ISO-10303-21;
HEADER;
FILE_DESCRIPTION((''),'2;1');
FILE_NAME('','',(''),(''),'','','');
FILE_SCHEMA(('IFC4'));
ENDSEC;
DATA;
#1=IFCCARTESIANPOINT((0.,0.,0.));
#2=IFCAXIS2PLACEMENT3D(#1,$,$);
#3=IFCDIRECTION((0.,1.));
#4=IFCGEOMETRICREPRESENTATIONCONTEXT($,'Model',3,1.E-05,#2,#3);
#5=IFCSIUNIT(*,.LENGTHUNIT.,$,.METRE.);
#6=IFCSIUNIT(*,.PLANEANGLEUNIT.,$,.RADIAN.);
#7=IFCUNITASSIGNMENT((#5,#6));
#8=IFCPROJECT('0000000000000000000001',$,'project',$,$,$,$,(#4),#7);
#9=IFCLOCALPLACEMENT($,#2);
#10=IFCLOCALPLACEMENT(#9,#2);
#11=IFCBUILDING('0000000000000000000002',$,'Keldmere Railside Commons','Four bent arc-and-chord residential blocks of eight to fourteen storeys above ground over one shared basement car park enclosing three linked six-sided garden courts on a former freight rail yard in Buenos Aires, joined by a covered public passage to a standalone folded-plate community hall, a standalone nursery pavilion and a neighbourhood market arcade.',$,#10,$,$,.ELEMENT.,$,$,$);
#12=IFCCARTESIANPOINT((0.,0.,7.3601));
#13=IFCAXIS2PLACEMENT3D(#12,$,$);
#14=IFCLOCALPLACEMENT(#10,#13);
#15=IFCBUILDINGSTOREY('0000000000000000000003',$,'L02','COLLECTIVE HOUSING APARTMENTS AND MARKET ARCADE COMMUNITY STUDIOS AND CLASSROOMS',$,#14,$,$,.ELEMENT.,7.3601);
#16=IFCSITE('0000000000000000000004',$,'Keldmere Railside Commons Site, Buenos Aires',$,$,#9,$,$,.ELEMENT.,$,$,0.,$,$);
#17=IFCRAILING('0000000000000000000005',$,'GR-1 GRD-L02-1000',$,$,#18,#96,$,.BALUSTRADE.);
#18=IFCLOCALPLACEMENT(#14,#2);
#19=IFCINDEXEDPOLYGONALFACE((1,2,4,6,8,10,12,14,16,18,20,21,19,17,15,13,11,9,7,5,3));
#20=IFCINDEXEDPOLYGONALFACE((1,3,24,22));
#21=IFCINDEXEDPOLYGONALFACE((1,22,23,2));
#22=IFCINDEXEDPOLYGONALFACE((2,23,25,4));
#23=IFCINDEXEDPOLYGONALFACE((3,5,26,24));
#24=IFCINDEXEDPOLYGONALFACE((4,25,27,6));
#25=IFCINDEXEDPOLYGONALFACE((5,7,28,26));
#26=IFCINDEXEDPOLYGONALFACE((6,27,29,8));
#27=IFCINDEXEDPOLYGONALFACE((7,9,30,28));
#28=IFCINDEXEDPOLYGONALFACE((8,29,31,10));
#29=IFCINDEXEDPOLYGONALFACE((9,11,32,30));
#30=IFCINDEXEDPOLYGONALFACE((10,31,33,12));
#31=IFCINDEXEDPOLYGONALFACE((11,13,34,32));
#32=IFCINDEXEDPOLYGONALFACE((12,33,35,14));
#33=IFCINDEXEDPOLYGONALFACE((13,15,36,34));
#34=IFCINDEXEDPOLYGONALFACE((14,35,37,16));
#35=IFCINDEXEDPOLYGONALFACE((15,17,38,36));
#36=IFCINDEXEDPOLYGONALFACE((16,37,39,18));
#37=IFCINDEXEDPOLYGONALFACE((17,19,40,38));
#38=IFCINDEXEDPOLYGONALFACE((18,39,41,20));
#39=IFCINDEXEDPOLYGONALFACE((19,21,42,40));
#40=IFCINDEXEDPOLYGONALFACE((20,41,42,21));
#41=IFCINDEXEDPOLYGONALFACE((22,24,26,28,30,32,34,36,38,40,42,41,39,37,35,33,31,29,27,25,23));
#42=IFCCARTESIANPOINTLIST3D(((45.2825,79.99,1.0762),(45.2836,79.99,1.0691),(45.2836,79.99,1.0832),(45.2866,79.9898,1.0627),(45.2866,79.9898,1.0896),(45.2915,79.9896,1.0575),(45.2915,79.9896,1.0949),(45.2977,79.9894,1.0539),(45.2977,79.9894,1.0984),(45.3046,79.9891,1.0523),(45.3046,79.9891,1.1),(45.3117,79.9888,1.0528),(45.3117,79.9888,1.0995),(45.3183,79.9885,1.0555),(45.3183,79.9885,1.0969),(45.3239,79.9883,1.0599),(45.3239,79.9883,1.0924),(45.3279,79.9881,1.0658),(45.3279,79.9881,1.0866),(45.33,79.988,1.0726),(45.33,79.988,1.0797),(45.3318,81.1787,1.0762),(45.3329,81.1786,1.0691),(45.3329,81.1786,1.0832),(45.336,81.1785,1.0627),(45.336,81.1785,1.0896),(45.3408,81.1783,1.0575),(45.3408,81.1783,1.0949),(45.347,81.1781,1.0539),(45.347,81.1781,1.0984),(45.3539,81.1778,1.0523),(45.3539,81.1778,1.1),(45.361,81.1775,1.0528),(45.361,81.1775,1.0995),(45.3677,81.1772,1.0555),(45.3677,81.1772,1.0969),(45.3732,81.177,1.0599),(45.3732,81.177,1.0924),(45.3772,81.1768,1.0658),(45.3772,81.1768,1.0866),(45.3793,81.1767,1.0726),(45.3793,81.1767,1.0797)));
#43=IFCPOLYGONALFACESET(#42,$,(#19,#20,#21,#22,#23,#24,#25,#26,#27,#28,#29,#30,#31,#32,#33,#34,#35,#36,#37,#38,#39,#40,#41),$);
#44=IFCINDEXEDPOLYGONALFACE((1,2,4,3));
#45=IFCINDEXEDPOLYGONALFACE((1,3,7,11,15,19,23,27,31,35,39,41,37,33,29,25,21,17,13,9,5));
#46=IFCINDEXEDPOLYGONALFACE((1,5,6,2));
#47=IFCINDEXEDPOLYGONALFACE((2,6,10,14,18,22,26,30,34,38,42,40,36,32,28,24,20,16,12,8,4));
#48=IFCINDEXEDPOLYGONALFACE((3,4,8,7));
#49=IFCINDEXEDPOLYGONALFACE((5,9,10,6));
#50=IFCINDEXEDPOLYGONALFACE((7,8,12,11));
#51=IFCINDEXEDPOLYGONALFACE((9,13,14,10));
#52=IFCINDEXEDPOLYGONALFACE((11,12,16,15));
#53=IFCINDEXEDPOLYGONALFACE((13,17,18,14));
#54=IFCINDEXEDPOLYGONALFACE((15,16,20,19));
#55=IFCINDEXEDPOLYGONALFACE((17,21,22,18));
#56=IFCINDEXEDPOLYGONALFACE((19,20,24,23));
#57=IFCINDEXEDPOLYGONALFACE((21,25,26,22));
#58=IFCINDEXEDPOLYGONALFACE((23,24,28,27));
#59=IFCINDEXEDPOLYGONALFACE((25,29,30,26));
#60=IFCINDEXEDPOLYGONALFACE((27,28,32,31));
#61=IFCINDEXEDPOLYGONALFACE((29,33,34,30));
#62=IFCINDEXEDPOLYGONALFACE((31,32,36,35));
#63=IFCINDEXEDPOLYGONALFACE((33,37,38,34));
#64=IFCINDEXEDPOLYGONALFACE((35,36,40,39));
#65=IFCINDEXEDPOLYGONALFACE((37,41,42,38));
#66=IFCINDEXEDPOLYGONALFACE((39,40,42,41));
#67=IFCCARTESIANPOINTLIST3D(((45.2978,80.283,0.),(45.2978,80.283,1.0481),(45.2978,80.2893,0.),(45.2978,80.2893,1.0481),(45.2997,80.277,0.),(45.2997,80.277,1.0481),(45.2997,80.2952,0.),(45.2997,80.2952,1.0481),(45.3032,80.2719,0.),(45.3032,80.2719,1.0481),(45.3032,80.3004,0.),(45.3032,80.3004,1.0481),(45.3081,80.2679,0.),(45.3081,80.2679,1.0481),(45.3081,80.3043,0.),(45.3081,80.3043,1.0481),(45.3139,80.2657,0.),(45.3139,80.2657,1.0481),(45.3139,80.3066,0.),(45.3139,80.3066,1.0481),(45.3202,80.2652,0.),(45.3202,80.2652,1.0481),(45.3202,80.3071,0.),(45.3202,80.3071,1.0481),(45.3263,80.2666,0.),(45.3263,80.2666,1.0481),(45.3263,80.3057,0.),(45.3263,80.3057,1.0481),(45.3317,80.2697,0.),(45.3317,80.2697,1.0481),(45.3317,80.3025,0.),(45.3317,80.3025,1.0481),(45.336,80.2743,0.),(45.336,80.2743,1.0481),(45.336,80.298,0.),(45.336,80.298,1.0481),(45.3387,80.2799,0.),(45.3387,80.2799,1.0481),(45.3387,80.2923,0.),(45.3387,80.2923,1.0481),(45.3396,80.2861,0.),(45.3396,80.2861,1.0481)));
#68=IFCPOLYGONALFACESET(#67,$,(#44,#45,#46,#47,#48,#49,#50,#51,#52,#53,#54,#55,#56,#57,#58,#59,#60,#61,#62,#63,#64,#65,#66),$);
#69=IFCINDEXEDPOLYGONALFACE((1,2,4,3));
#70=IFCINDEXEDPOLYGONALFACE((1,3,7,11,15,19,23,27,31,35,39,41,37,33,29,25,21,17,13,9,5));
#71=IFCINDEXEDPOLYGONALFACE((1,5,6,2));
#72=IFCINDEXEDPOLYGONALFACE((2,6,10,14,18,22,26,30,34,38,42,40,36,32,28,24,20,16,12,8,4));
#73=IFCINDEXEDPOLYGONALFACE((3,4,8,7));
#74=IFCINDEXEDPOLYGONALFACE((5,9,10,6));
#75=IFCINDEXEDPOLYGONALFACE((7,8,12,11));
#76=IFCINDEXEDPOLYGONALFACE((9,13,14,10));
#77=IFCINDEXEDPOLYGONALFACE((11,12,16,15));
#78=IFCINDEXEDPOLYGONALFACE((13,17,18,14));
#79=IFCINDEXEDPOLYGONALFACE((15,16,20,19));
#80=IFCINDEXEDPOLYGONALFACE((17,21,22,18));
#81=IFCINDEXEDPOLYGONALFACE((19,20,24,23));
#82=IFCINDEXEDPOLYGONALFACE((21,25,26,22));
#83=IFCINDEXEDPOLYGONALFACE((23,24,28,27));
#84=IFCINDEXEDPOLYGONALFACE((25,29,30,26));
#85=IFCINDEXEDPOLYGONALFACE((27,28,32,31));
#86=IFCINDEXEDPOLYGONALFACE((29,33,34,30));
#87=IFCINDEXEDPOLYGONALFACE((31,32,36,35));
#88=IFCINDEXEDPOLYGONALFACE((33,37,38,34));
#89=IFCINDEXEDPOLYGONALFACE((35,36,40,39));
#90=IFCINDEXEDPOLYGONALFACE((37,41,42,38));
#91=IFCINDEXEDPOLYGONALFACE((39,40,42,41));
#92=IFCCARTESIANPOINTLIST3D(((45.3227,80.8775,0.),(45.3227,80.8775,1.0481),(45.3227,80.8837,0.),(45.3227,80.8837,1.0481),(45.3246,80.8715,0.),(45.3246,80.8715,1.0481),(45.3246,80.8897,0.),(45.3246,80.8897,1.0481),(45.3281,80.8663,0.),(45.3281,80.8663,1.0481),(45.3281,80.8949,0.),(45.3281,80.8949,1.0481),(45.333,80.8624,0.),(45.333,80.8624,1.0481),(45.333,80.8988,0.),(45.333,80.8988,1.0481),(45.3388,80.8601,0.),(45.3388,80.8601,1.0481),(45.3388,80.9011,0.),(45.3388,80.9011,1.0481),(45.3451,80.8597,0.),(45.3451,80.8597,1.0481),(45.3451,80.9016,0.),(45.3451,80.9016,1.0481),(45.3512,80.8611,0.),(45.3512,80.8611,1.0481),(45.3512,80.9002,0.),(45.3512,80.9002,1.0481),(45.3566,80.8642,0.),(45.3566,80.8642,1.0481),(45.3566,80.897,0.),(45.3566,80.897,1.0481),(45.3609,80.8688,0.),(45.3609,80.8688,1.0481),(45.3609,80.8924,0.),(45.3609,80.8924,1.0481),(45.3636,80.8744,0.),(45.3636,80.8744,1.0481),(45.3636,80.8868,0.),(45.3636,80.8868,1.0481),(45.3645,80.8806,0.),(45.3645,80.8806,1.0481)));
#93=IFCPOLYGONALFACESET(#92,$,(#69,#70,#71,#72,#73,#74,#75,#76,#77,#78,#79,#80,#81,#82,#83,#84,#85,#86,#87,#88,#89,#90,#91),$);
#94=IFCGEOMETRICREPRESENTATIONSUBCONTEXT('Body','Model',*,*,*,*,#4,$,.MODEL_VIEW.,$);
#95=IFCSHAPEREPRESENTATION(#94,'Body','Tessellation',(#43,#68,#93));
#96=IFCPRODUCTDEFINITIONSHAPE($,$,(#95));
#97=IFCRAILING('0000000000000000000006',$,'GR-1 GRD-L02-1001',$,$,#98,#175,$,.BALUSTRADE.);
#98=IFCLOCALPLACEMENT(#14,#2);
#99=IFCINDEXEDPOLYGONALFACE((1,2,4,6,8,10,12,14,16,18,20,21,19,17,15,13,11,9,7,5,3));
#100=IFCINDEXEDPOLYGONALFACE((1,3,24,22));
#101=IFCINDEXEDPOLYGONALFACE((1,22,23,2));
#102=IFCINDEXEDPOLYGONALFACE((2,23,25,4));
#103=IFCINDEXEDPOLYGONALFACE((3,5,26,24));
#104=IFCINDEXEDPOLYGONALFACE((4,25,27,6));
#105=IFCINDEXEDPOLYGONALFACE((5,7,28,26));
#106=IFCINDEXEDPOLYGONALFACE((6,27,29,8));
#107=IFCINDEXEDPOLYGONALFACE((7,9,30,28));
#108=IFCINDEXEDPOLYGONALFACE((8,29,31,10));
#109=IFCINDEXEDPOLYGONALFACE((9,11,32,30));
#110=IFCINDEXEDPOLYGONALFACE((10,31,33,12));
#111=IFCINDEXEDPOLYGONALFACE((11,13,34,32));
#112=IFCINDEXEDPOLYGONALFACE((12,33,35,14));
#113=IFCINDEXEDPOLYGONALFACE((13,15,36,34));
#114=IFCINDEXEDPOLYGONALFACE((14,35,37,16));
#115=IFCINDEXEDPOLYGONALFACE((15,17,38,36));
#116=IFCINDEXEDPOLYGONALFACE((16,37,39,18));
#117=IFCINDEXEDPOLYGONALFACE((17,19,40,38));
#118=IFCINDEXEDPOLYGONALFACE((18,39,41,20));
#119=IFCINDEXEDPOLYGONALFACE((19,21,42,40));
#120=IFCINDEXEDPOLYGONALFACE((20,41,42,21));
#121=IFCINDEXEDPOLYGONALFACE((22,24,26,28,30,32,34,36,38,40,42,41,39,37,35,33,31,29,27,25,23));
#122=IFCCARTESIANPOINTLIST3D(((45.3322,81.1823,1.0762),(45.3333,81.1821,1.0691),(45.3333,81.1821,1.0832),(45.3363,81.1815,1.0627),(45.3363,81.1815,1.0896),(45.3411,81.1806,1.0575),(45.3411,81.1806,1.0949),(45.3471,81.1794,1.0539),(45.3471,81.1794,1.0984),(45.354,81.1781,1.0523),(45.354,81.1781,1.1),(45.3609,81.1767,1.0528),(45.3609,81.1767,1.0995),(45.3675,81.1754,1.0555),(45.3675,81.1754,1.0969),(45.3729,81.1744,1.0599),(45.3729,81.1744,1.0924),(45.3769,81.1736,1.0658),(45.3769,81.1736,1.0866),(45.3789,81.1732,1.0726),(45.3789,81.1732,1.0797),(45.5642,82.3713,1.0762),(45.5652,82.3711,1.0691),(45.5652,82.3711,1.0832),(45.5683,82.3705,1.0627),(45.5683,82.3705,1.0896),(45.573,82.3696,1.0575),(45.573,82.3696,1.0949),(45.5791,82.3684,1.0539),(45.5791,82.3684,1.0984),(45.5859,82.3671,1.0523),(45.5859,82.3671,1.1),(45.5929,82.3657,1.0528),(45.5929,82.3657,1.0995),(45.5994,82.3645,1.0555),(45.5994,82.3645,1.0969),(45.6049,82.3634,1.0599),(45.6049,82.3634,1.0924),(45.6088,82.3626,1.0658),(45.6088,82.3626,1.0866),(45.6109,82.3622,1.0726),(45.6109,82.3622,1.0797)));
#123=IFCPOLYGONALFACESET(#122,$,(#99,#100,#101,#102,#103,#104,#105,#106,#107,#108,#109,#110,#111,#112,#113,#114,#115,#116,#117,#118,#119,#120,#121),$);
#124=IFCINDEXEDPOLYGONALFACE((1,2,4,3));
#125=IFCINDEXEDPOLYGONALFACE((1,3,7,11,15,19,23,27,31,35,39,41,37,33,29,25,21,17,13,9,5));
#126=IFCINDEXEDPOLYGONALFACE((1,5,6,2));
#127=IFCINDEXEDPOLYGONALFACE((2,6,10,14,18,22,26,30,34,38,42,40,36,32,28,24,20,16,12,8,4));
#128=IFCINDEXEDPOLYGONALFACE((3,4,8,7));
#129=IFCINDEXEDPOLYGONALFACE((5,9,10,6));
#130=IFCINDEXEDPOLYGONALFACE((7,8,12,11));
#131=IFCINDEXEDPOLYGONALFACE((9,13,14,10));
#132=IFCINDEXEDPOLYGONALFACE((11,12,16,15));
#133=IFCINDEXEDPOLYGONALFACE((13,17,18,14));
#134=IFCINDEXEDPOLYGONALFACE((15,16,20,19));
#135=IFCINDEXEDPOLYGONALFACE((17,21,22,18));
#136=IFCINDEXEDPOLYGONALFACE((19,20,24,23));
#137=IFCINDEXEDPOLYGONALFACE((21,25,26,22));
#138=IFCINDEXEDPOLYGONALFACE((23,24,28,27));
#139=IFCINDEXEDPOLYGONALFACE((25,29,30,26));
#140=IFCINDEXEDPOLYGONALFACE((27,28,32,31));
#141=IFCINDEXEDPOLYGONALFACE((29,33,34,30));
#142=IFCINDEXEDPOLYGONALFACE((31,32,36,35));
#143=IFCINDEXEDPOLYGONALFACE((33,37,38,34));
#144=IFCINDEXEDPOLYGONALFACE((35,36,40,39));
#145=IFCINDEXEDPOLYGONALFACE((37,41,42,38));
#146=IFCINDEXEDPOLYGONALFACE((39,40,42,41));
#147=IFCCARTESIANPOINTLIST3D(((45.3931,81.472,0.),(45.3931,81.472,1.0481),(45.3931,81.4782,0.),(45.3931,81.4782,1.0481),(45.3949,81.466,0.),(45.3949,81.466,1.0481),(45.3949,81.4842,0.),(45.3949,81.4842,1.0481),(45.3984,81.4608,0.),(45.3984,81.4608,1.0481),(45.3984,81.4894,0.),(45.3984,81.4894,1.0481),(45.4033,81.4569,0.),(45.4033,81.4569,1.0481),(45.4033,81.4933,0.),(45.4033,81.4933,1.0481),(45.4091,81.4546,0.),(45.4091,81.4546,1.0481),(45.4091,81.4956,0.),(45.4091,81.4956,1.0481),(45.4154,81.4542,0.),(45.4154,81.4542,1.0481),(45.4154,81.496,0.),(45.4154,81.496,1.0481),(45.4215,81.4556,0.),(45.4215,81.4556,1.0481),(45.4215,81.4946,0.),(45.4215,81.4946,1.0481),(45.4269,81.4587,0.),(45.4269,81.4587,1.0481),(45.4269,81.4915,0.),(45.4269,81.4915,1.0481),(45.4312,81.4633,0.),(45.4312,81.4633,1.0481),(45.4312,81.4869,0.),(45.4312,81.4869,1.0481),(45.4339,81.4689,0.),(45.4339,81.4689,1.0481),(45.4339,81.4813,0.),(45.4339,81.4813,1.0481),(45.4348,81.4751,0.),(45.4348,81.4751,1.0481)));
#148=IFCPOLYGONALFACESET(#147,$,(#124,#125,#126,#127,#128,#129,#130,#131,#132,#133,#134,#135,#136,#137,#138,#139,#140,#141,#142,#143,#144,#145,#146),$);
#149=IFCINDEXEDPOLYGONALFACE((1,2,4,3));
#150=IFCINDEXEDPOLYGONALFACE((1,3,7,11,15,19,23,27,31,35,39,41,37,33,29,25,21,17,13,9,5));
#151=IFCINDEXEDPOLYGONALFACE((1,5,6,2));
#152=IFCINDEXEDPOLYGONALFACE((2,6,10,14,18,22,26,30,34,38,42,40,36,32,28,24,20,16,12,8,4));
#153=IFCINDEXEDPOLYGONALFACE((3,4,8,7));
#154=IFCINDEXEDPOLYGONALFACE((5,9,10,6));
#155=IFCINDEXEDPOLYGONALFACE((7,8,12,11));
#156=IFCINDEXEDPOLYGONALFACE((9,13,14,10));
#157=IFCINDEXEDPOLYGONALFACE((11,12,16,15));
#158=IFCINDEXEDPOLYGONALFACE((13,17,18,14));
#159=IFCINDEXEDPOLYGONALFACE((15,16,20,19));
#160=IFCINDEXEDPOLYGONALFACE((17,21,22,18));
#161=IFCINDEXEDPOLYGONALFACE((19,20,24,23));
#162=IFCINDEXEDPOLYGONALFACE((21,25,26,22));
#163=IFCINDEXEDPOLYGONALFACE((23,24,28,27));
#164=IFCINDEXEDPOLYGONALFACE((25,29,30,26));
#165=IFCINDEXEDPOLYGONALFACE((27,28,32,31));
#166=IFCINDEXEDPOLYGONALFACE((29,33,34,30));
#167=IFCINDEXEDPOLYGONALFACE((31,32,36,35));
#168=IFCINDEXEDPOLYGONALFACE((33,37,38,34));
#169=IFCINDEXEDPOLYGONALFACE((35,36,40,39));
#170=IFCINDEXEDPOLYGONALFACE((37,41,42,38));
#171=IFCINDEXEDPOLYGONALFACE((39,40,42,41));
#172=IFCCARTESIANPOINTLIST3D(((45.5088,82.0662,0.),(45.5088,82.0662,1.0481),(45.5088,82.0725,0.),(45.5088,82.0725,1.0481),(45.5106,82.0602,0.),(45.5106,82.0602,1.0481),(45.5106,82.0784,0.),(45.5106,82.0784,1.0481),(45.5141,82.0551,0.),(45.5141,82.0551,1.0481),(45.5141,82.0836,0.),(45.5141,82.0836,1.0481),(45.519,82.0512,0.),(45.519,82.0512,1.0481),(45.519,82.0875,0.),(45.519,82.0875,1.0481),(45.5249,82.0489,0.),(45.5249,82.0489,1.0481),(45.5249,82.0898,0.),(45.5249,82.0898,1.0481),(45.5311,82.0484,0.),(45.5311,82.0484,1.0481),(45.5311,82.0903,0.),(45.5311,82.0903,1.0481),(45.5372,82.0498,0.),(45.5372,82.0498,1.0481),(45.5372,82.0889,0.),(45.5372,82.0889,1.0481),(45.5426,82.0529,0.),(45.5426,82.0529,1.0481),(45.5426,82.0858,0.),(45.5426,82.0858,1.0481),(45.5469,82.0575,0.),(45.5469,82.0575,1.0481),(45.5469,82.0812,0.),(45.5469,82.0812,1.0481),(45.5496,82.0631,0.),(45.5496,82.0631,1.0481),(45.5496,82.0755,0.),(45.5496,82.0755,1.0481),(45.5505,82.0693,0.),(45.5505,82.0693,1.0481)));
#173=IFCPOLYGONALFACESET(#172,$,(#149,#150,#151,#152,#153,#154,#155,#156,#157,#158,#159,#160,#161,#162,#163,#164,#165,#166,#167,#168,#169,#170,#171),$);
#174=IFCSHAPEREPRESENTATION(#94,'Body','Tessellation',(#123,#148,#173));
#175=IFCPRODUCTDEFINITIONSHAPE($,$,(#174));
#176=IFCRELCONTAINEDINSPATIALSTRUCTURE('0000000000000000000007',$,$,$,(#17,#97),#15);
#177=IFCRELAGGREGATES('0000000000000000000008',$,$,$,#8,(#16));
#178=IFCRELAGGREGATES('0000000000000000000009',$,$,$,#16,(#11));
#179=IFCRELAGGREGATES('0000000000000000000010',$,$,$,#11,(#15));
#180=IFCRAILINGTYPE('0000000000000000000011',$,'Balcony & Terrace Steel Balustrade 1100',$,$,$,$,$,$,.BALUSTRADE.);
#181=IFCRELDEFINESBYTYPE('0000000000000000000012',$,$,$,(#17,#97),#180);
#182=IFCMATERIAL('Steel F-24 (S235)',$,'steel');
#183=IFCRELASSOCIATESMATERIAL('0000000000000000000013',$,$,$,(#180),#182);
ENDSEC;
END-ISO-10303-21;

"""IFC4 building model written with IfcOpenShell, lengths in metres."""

from ifc_helpers import new_model, si_unit, direction, frame, origin, origin_2d, place, context, subcontext, project, spatial, circle, extrude, material, type_object, element, save


model = new_model("IFC4")

# Units and contexts
model_context = context("Model", 3, precision=1e-05, world=origin(), true_north=direction((0.0, 1.0)))
body_context = subcontext(model_context, "Body", "Model", "MODEL_VIEW")
ifc_project = project(units=[si_unit("LENGTHUNIT", "METRE"), si_unit("PLANEANGLEUNIT", "RADIAN")], contexts=[model_context])

# Site, building, storey
site_placement = place(None, origin())
site = spatial("IfcSite", under=ifc_project, at=site_placement, Name="Keldmere Railside Commons Site, Buenos Aires", CompositionType="ELEMENT", RefElevation=0.0)
building_placement = place(site_placement, origin())
building = spatial("IfcBuilding", under=site, at=building_placement, Name="Keldmere Railside Commons", Description="Four bent arc-and-chord residential blocks of eight to fourteen storeys above ground over one shared basement car park enclosing three linked six-sided garden courts on a former freight rail yard in Buenos Aires, joined by a covered public passage to a standalone folded-plate community hall, a standalone nursery pavilion and a neighbourhood market arcade.", CompositionType="ELEMENT")
storey_placement = place(building_placement, frame((0.0, 0.0, 7.3601)))
storey = spatial("IfcBuildingStorey", under=building, at=storey_placement, Name="L02", Description="COLLECTIVE HOUSING APARTMENTS AND MARKET ARCADE COMMUNITY STUDIOS AND CLASSROOMS", CompositionType="ELEMENT", Elevation=7.3601)

# Railings
ifc_material_1 = material(Name="Steel F-24 (S235)", Category="steel")
railing_type = type_object("IfcRailingType", Name="Balcony & Terrace Steel Balustrade 1100", PredefinedType="BALUSTRADE", material=ifc_material_1)
railing_1_placement = place(storey_placement, frame((45.3064, 79.989, 0.0)))
element("IfcRailing", 1, at=railing_1_placement, inside=storey, type_object=railing_type, Name="GR-1 GRD-L02-1000", PredefinedType="BALUSTRADE", context=body_context, shape_type="SweptSolid", body=[
    extrude(circle(Radius=0.0239, at=origin_2d()), frame((0.0, 0.0, 1.0762), z_axis=(0.041451, 0.999141, 0.0), x_axis=(-0.999141, 0.041451, 0.0)), (0.0, 0.0, 1.0), 1.1897),
    extrude(circle(Radius=0.021, at=origin_2d()), frame((0.0122, 0.2971, 0.0)), (0.0, 0.0, 1.0), 1.0481),
    extrude(circle(Radius=0.021, at=origin_2d()), frame((0.0371, 0.8916, 0.0)), (0.0, 0.0, 1.0), 1.0481),
])
railing_2_placement = place(storey_placement, frame((45.3557, 81.1777, 0.0)))
element("IfcRailing", 2, at=railing_2_placement, inside=storey, type_object=railing_type, Name="GR-1 GRD-L02-1001", PredefinedType="BALUSTRADE", context=body_context, shape_type="SweptSolid", body=[
    extrude(circle(Radius=0.0239, at=origin_2d()), frame((0.0, 0.0, 1.0762), z_axis=(0.191463, 0.9815, 0.0), x_axis=(-0.9815, 0.191463, 0.0)), (0.0, 0.0, 1.0), 1.2114),
    extrude(circle(Radius=0.021, at=origin_2d()), frame((0.0581, 0.2974, 0.0)), (0.0, 0.0, 1.0), 1.0481),
    extrude(circle(Radius=0.021, at=origin_2d()), frame((0.1738, 0.8916, 0.0)), (0.0, 0.0, 1.0), 1.0481),
])

save(model, "model.ifc")
